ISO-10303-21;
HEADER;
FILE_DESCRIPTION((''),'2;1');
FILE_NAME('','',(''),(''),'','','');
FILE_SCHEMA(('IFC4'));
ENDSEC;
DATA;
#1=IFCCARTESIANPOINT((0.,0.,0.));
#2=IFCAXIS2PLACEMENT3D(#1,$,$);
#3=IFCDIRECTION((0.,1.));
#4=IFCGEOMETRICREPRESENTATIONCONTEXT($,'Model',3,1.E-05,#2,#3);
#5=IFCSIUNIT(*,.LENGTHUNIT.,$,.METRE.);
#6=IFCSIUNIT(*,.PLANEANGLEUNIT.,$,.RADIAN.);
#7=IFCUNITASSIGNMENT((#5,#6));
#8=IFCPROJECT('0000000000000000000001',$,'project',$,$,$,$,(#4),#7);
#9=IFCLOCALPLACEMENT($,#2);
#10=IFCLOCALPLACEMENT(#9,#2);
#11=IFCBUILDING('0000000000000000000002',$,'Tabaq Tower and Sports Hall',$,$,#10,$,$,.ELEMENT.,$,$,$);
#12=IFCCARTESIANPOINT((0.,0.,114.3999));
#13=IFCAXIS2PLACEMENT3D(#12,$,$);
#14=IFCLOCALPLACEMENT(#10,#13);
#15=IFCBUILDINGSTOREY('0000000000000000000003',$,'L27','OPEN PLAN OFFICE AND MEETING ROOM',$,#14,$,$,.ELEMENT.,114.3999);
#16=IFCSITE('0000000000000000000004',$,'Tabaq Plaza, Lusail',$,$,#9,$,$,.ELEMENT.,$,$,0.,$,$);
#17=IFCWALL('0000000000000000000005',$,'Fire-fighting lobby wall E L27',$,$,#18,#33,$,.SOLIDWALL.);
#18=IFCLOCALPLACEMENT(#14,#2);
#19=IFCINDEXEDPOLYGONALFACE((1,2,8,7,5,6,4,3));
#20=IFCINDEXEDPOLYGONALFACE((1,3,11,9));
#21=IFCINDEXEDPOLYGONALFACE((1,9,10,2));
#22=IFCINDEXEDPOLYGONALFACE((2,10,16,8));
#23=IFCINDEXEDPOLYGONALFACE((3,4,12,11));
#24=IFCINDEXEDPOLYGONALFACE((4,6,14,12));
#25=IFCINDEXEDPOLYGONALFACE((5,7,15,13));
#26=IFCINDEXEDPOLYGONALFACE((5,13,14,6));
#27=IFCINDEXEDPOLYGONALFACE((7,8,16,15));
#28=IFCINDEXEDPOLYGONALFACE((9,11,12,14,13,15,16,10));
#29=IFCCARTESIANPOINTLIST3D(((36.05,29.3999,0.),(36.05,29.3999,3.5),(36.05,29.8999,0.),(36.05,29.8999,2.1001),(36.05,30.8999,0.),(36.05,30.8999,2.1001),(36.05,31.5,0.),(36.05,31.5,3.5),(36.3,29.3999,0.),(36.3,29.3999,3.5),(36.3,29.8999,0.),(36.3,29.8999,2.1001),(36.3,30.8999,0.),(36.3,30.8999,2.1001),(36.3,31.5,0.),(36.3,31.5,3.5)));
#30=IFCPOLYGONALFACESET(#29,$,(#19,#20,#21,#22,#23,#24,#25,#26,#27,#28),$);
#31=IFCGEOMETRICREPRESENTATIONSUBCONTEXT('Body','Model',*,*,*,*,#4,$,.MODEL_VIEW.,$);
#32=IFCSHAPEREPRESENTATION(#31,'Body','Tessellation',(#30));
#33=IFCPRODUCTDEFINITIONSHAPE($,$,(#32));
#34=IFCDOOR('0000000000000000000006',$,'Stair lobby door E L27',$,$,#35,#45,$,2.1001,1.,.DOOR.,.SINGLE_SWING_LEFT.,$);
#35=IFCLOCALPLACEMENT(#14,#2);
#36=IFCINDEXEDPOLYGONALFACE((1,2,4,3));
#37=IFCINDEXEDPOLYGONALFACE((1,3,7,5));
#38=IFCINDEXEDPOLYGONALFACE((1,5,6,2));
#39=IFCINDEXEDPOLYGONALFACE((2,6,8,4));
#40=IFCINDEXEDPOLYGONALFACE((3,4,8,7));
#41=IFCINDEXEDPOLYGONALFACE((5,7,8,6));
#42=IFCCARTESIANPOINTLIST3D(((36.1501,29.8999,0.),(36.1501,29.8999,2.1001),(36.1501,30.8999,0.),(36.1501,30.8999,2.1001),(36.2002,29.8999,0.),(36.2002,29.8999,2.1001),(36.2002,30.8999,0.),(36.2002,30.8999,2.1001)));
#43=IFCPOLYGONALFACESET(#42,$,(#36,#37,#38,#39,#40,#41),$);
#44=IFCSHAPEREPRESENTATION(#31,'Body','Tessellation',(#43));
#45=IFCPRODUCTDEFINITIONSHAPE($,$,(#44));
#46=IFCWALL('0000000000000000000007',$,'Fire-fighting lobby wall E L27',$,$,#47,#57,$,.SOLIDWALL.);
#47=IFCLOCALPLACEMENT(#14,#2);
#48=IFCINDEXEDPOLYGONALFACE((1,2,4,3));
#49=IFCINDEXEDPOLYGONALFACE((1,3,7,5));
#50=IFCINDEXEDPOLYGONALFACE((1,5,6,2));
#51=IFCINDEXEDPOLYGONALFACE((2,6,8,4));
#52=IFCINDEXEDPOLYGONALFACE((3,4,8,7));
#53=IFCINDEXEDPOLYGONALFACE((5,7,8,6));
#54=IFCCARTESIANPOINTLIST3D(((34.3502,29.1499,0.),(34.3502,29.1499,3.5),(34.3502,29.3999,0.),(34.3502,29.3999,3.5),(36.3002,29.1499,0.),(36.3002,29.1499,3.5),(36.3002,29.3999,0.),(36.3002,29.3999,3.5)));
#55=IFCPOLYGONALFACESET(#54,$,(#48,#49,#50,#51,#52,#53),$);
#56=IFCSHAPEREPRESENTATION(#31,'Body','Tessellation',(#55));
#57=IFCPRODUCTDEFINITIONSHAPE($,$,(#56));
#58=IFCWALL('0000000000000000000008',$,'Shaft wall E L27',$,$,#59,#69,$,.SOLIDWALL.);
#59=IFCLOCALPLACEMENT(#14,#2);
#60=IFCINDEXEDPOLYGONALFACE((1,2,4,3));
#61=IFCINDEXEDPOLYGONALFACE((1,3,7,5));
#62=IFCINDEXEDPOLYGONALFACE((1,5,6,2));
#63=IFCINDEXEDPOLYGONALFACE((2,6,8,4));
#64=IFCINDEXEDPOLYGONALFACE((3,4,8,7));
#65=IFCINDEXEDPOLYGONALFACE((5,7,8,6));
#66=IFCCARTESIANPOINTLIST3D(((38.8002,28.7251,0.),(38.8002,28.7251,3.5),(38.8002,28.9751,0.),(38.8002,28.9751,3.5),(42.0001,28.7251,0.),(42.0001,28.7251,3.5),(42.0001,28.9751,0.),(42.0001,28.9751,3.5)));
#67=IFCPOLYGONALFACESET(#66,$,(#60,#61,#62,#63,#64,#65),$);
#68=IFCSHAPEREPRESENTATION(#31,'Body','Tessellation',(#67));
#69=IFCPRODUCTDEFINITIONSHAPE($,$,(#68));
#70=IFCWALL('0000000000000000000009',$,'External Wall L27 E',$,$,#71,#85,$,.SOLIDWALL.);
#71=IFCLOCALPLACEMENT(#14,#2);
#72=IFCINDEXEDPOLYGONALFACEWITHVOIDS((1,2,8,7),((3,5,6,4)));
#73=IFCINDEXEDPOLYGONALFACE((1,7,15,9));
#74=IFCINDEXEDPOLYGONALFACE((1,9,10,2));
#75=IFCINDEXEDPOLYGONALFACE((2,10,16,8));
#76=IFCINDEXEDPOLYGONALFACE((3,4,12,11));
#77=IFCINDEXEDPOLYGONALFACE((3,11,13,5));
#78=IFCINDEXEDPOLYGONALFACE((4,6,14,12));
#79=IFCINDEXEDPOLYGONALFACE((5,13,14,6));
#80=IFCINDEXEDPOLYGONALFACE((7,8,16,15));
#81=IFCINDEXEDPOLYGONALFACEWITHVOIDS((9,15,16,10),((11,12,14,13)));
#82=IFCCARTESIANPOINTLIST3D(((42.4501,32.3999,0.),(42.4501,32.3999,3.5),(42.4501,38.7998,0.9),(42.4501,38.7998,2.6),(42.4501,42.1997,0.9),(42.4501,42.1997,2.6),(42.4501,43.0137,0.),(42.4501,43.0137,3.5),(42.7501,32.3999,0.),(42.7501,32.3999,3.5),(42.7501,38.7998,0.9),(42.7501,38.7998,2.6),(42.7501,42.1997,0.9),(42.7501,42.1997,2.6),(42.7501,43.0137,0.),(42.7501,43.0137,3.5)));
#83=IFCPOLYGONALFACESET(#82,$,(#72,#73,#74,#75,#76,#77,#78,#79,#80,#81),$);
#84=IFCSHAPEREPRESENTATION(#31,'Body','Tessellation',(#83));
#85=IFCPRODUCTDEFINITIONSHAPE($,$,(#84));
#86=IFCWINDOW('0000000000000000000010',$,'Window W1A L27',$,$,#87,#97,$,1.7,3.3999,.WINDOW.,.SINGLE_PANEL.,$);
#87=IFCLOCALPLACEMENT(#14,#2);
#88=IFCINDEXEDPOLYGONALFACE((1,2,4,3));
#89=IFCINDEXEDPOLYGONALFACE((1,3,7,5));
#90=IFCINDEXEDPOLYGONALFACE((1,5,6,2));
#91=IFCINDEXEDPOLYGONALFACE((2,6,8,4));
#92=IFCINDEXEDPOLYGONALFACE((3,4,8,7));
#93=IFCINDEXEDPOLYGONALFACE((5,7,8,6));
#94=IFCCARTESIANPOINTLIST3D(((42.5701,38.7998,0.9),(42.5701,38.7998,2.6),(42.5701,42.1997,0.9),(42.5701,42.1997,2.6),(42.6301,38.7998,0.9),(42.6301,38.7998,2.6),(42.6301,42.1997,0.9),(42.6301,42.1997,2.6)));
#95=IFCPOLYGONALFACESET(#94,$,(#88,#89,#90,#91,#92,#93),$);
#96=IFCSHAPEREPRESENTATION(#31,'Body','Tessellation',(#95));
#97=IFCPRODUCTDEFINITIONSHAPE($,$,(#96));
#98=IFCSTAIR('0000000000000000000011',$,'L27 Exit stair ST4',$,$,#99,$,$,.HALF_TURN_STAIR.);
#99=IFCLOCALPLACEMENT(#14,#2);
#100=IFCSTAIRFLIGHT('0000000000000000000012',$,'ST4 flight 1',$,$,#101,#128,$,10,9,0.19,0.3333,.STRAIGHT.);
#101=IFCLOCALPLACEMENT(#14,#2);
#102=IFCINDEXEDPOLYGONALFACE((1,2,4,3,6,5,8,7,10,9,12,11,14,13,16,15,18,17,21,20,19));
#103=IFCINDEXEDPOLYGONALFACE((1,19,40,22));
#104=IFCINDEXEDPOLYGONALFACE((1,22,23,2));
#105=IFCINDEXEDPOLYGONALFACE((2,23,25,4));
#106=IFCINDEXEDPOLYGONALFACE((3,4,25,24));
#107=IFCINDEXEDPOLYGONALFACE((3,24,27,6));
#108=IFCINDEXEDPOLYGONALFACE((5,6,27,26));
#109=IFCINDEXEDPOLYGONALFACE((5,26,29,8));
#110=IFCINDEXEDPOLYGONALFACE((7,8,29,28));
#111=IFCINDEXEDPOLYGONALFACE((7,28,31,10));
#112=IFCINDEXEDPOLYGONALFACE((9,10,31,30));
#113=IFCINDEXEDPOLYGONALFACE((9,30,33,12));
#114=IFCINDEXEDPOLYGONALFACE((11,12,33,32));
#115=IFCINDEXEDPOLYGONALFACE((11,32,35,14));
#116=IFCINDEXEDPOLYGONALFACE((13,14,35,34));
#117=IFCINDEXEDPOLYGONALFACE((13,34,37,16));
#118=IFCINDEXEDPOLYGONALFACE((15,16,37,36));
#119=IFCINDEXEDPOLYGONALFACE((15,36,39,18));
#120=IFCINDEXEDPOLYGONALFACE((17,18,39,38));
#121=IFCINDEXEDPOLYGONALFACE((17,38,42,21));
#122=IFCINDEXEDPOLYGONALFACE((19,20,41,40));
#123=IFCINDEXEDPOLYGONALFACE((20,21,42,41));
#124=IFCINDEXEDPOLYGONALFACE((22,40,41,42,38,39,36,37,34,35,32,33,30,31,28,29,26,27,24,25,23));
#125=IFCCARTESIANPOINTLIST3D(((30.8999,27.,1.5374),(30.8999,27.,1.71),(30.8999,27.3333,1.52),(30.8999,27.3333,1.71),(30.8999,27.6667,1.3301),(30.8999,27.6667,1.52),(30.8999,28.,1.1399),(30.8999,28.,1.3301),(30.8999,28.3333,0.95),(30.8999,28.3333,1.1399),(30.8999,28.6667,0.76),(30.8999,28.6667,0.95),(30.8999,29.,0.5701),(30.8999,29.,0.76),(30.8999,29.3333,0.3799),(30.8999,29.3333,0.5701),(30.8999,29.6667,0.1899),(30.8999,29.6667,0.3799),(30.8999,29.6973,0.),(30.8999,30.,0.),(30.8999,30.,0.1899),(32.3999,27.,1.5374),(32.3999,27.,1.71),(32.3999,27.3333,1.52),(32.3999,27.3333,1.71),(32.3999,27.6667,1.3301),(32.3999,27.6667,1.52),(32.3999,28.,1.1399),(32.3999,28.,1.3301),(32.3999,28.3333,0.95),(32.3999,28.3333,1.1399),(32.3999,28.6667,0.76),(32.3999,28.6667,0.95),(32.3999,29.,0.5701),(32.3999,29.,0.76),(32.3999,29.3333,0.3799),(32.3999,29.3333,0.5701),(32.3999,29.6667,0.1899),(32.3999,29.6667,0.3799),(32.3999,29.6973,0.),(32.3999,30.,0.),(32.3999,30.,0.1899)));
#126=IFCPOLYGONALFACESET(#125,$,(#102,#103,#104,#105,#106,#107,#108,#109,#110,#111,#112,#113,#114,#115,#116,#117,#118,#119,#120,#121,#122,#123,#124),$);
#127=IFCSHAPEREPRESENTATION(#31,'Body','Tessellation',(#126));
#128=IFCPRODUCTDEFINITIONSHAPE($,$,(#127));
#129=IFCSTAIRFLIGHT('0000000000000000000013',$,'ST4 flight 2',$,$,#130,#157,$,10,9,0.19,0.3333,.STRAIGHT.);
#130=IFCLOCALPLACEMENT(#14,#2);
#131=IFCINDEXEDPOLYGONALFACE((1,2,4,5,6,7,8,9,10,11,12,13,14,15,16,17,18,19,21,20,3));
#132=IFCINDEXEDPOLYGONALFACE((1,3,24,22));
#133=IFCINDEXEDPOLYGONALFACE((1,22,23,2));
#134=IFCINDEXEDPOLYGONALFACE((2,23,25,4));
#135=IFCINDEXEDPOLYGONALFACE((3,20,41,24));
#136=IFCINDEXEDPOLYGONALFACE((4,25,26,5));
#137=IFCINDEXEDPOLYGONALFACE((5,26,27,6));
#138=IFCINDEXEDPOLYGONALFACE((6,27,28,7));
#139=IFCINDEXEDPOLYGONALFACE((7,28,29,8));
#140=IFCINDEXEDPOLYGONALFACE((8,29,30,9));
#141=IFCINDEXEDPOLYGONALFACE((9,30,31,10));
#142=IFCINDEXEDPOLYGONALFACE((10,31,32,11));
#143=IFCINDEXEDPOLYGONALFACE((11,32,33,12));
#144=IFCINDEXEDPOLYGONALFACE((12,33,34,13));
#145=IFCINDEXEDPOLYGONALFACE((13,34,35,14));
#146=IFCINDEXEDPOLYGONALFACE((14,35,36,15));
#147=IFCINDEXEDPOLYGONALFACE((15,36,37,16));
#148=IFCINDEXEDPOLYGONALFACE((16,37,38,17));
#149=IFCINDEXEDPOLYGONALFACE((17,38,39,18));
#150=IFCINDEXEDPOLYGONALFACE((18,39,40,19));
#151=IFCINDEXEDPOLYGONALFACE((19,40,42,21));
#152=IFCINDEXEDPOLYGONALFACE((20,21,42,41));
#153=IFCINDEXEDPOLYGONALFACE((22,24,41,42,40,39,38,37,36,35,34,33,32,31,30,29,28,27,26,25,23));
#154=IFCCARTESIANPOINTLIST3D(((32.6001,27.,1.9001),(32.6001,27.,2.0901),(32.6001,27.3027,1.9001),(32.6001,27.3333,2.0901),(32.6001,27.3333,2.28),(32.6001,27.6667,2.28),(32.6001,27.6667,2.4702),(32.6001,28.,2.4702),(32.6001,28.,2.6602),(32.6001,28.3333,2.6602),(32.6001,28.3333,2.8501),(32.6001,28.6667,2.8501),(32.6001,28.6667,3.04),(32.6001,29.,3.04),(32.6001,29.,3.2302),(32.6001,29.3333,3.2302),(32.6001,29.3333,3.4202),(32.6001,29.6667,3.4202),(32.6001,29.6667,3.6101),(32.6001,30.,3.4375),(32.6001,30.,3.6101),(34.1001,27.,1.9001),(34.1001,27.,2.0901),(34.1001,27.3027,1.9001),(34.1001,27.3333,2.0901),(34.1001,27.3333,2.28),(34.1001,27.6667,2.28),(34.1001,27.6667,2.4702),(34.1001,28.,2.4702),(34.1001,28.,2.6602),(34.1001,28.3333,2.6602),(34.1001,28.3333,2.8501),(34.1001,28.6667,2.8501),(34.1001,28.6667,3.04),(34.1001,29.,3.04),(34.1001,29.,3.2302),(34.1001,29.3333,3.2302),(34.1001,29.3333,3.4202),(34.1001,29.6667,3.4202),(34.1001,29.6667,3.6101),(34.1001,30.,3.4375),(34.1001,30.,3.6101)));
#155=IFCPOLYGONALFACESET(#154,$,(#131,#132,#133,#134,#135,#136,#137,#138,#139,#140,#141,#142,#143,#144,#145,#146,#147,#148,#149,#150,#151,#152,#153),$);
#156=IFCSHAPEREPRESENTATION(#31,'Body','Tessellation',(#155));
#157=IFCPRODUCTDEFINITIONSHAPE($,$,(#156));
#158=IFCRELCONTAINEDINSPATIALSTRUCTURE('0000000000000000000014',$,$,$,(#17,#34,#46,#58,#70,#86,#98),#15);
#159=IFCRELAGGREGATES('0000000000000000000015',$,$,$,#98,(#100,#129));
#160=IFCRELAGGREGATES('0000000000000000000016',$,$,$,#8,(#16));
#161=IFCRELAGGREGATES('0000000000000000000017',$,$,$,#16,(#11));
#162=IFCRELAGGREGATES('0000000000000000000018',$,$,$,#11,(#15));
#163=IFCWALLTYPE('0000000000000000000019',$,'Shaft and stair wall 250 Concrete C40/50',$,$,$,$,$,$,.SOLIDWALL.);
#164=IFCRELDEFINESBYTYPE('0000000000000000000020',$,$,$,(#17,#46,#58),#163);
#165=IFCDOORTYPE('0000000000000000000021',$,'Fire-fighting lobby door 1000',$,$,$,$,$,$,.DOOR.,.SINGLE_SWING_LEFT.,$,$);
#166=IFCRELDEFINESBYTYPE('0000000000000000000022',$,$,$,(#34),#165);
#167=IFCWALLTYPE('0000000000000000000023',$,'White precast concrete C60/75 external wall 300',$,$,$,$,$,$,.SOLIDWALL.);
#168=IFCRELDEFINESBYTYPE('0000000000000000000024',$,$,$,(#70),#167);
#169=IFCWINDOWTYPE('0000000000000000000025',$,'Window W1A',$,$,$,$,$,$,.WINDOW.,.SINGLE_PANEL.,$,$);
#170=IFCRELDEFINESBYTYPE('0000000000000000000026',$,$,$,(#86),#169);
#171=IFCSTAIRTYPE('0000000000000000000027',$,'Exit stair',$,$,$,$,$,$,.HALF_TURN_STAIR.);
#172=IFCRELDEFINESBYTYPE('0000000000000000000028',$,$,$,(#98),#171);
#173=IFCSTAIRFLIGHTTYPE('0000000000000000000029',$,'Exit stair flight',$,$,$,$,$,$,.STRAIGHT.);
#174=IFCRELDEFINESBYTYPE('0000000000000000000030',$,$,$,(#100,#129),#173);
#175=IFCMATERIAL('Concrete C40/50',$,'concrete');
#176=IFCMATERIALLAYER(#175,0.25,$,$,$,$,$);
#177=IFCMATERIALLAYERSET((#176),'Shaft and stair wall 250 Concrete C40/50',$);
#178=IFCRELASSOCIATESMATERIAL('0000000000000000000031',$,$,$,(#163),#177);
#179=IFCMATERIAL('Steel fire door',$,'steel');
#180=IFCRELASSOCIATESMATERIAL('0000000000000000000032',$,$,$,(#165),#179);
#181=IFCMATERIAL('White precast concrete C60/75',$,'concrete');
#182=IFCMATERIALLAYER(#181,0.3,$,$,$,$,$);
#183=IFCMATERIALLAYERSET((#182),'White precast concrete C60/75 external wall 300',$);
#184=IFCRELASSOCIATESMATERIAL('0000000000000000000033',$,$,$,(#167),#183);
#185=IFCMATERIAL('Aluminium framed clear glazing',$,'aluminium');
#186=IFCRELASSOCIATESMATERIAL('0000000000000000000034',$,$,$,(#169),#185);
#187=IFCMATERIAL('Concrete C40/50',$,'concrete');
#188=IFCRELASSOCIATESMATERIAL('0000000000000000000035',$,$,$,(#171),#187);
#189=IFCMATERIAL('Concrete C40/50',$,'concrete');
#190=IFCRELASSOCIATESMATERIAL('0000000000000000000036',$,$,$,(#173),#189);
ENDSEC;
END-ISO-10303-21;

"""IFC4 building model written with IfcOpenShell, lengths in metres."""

from ifc_helpers import new_model, si_unit, direction, frame, frame_2d, origin, place, context, subcontext, project, spatial, polyline, rectangle, outline, extrude, material, layer, layer_set, type_object, element, fill, aggregate, save


model = new_model("IFC4")

# Units and contexts
model_context = context("Model", 3, precision=1e-05, world=origin(), true_north=direction((0.0, 1.0)))
body_context = subcontext(model_context, "Body", "Model", "MODEL_VIEW")
ifc_project = project(units=[si_unit("LENGTHUNIT", "METRE"), si_unit("PLANEANGLEUNIT", "RADIAN")], contexts=[model_context])

# Site, building, storey
site_placement = place(None, origin())
site = spatial("IfcSite", under=ifc_project, at=site_placement, Name="Tabaq Plaza, Lusail", CompositionType="ELEMENT", RefElevation=0.0)
building_placement = place(site_placement, origin())
building = spatial("IfcBuilding", under=site, at=building_placement, Name="Tabaq Tower and Sports Hall", CompositionType="ELEMENT")
storey_placement = place(building_placement, frame((0.0, 0.0, 114.3999)))
storey = spatial("IfcBuildingStorey", under=building, at=storey_placement, Name="L27", Description="OPEN PLAN OFFICE AND MEETING ROOM", CompositionType="ELEMENT", Elevation=114.3999)

# Shared definitions
ifc_material_1 = material(Name="Concrete C40/50", Category="concrete")
ifc_layer_1 = layer(ifc_material_1, 0.25)
ifc_layer_set_1 = layer_set([ifc_layer_1], Name="Shaft and stair wall 250 Concrete C40/50")
wall_type_1 = type_object("IfcWallType", Name="Shaft and stair wall 250 Concrete C40/50", PredefinedType="SOLIDWALL", material=ifc_layer_set_1)

# Wall, opening, door
wall_1_placement = place(storey_placement, frame((36.175, 29.3999, 0.0), z_axis=(0.0, 0.0, 1.0), x_axis=(0.0, 1.0, 0.0)))
wall_1 = element("IfcWall", 1, at=wall_1_placement, inside=storey, type_object=wall_type_1, Name="Fire-fighting lobby wall E L27", PredefinedType="SOLIDWALL", context=body_context, shape_type="SweptSolid", body=[
    extrude(rectangle(XDim=2.1001, YDim=0.25, at=frame_2d((1.05, 0.0))), origin(), (0.0, 0.0, 1.0), 3.5),
])
opening_1_placement = place(wall_1_placement, frame((0.5, 0.0, 0.0)))
opening_1 = element("IfcOpeningElement", 2, at=opening_1_placement, cuts=wall_1, PredefinedType="OPENING", context=body_context, shape_type="SweptSolid", body=[
    extrude(rectangle(XDim=1.0, YDim=2.1001, at=frame_2d((0.5, 1.05))), frame((0.0, 0.125, 0.0), z_axis=(0.0, -1.0, 0.0), x_axis=(1.0, 0.0, 0.0)), (0.0, 0.0, 1.0), 0.25),
])
ifc_material_2 = material(Name="Steel fire door", Category="steel")
door_type_1 = type_object("IfcDoorType", Name="Fire-fighting lobby door 1000", OperationType="SINGLE_SWING_LEFT", PredefinedType="DOOR", material=ifc_material_2)
door_1_placement = place(opening_1_placement, origin())
door_1 = element("IfcDoor", 3, at=door_1_placement, inside=storey, type_object=door_type_1, Name="Stair lobby door E L27", OperationType="SINGLE_SWING_LEFT", OverallHeight=2.1001, OverallWidth=1.0, PredefinedType="DOOR", context=body_context, shape_type="SweptSolid", body=[
    extrude(rectangle(XDim=1.0, YDim=2.1001, at=frame_2d((0.5, 1.05))), frame((0.0, 0.0249, 0.0), z_axis=(0.0, -1.0, 0.0), x_axis=(1.0, 0.0, 0.0)), (0.0, 0.0, 1.0), 0.05),
])
fill(opening_1, door_1)

# Walls
wall_2_placement = place(storey_placement, frame((34.3501, 29.2749, 0.0), z_axis=(0.0, 0.0, 1.0), x_axis=(1.0, 0.0, 0.0)))
element("IfcWall", 4, at=wall_2_placement, inside=storey, type_object=wall_type_1, Name="Fire-fighting lobby wall E L27", PredefinedType="SOLIDWALL", context=body_context, shape_type="SweptSolid", body=[
    extrude(rectangle(XDim=1.95, YDim=0.25, at=frame_2d((0.9751, 0.0))), origin(), (0.0, 0.0, 1.0), 3.5),
])
wall_3_placement = place(storey_placement, frame((38.8, 28.8501, 0.0), z_axis=(0.0, 0.0, 1.0), x_axis=(1.0, 0.0, 0.0)))
element("IfcWall", 5, at=wall_3_placement, inside=storey, type_object=wall_type_1, Name="Shaft wall E L27", PredefinedType="SOLIDWALL", context=body_context, shape_type="SweptSolid", body=[
    extrude(rectangle(XDim=3.2, YDim=0.25, at=frame_2d((1.6001, 0.0))), origin(), (0.0, 0.0, 1.0), 3.5),
])

# Wall, opening, window
ifc_material_3 = material(Name="White precast concrete C60/75", Category="concrete")
ifc_layer_2 = layer(ifc_material_3, 0.3)
ifc_layer_set_2 = layer_set([ifc_layer_2], Name="White precast concrete C60/75 external wall 300")
wall_type_2 = type_object("IfcWallType", Name="White precast concrete C60/75 external wall 300", PredefinedType="SOLIDWALL", material=ifc_layer_set_2)
wall_4_placement = place(storey_placement, frame((42.6001, 32.3999, 0.0), z_axis=(0.0, 0.0, 1.0), x_axis=(0.0, 1.0, 0.0)))
wall_4 = element("IfcWall", 6, at=wall_4_placement, inside=storey, type_object=wall_type_2, Name="External Wall L27 E", PredefinedType="SOLIDWALL", context=body_context, shape_type="SweptSolid", body=[
    extrude(rectangle(XDim=10.6138, YDim=0.3, at=frame_2d((5.3069, 0.0))), origin(), (0.0, 0.0, 1.0), 3.5),
])
opening_2_placement = place(wall_4_placement, frame((6.3999, 0.0, 0.8999)))
opening_2 = element("IfcOpeningElement", 7, at=opening_2_placement, cuts=wall_4, PredefinedType="OPENING", context=body_context, shape_type="SweptSolid", body=[
    extrude(rectangle(XDim=3.3999, YDim=1.7, at=frame_2d((1.7, 0.8501))), frame((0.0, 0.1602, 0.0), z_axis=(0.0, -1.0, 0.0), x_axis=(1.0, 0.0, 0.0)), (0.0, 0.0, 1.0), 0.3201),
])
ifc_material_4 = material(Name="Aluminium framed clear glazing", Category="aluminium")
window_type = type_object("IfcWindowType", Name="Window W1A", PartitioningType="SINGLE_PANEL", PredefinedType="WINDOW", material=ifc_material_4)
window_placement = place(opening_2_placement, origin())
window = element("IfcWindow", 8, at=window_placement, inside=storey, type_object=window_type, Name="Window W1A L27", OverallHeight=1.7, OverallWidth=3.3999, PartitioningType="SINGLE_PANEL", PredefinedType="WINDOW", context=body_context, shape_type="SweptSolid", body=[
    extrude(rectangle(XDim=3.3999, YDim=1.7, at=frame_2d((1.7, 0.8501))), frame((0.0, 0.03, 0.0), z_axis=(0.0, -1.0, 0.0), x_axis=(1.0, 0.0, 0.0)), (0.0, 0.0, 1.0), 0.0601),
])
fill(opening_2, window)

# Stair, stair flights
ifc_material_5 = material(Name="Concrete C40/50", Category="concrete")
stair_type = type_object("IfcStairType", Name="Exit stair", PredefinedType="HALF_TURN_STAIR", material=ifc_material_5)
stair_placement = place(storey_placement, origin())
stair = element("IfcStair", 9, at=stair_placement, inside=storey, type_object=stair_type, Name="L27 Exit stair ST4", PredefinedType="HALF_TURN_STAIR")
ifc_material_6 = material(Name="Concrete C40/50", Category="concrete")
stair_flight_type = type_object("IfcStairFlightType", Name="Exit stair flight", PredefinedType="STRAIGHT", material=ifc_material_6)
stair_flight_1_placement = place(storey_placement, frame((31.6499, 30.0, 0.0), z_axis=(0.0, 0.0, 1.0), x_axis=(0.0, -1.0, 0.0)))
stair_flight_1 = element("IfcStairFlight", 10, at=stair_flight_1_placement, type_object=stair_flight_type, Name="ST4 flight 1", NumberOfRisers=10, NumberOfTreads=9, PredefinedType="STRAIGHT", RiserHeight=0.19, TreadLength=0.3333, context=body_context, shape_type="SweptSolid", body=[
    extrude(outline(polyline([(0.0, 0.0), (0.0, 0.1899), (0.3333, 0.1899), (0.3333, 0.3799), (0.6667, 0.3799), (0.6667, 0.5701), (1.0, 0.5701), (1.0, 0.76), (1.3333, 0.76), (1.3333, 0.95), (1.6667, 0.95), (1.6667, 1.1399), (2.0, 1.1399), (2.0, 1.3301), (2.3333, 1.3301), (2.3333, 1.52), (2.6667, 1.52), (2.6667, 1.71), (3.0, 1.71), (3.0, 1.8999), (3.0, 1.5374), (0.3027, 0.0), (0.0, 0.0)])), frame((0.0, 0.75, 0.0), z_axis=(0.0, -1.0, 0.0), x_axis=(1.0, 0.0, 0.0)), (0.0, 0.0, 1.0), 1.5),
])
stair_flight_2_placement = place(storey_placement, frame((33.3501, 27.0, 1.9001), z_axis=(0.0, 0.0, 1.0), x_axis=(0.0, 1.0, 0.0)))
stair_flight_2 = element("IfcStairFlight", 11, at=stair_flight_2_placement, type_object=stair_flight_type, Name="ST4 flight 2", NumberOfRisers=10, NumberOfTreads=9, PredefinedType="STRAIGHT", RiserHeight=0.19, TreadLength=0.3333, context=body_context, shape_type="SweptSolid", body=[
    extrude(outline(polyline([(0.0, 0.0), (0.0, 0.1899), (0.3333, 0.1899), (0.3333, 0.3799), (0.6667, 0.3799), (0.6667, 0.5701), (1.0, 0.5701), (1.0, 0.76), (1.3333, 0.76), (1.3333, 0.95), (1.6667, 0.95), (1.6667, 1.1399), (2.0, 1.1399), (2.0, 1.3301), (2.3333, 1.3301), (2.3333, 1.52), (2.6667, 1.52), (2.6667, 1.71), (3.0, 1.71), (3.0, 1.8999), (3.0, 1.5374), (0.3027, 0.0), (0.0, 0.0)])), frame((0.0, 0.75, 0.0), z_axis=(0.0, -1.0, 0.0), x_axis=(1.0, 0.0, 0.0)), (0.0, 0.0, 1.0), 1.5),
])
aggregate(stair, [stair_flight_1, stair_flight_2])

save(model, "model.ifc")
